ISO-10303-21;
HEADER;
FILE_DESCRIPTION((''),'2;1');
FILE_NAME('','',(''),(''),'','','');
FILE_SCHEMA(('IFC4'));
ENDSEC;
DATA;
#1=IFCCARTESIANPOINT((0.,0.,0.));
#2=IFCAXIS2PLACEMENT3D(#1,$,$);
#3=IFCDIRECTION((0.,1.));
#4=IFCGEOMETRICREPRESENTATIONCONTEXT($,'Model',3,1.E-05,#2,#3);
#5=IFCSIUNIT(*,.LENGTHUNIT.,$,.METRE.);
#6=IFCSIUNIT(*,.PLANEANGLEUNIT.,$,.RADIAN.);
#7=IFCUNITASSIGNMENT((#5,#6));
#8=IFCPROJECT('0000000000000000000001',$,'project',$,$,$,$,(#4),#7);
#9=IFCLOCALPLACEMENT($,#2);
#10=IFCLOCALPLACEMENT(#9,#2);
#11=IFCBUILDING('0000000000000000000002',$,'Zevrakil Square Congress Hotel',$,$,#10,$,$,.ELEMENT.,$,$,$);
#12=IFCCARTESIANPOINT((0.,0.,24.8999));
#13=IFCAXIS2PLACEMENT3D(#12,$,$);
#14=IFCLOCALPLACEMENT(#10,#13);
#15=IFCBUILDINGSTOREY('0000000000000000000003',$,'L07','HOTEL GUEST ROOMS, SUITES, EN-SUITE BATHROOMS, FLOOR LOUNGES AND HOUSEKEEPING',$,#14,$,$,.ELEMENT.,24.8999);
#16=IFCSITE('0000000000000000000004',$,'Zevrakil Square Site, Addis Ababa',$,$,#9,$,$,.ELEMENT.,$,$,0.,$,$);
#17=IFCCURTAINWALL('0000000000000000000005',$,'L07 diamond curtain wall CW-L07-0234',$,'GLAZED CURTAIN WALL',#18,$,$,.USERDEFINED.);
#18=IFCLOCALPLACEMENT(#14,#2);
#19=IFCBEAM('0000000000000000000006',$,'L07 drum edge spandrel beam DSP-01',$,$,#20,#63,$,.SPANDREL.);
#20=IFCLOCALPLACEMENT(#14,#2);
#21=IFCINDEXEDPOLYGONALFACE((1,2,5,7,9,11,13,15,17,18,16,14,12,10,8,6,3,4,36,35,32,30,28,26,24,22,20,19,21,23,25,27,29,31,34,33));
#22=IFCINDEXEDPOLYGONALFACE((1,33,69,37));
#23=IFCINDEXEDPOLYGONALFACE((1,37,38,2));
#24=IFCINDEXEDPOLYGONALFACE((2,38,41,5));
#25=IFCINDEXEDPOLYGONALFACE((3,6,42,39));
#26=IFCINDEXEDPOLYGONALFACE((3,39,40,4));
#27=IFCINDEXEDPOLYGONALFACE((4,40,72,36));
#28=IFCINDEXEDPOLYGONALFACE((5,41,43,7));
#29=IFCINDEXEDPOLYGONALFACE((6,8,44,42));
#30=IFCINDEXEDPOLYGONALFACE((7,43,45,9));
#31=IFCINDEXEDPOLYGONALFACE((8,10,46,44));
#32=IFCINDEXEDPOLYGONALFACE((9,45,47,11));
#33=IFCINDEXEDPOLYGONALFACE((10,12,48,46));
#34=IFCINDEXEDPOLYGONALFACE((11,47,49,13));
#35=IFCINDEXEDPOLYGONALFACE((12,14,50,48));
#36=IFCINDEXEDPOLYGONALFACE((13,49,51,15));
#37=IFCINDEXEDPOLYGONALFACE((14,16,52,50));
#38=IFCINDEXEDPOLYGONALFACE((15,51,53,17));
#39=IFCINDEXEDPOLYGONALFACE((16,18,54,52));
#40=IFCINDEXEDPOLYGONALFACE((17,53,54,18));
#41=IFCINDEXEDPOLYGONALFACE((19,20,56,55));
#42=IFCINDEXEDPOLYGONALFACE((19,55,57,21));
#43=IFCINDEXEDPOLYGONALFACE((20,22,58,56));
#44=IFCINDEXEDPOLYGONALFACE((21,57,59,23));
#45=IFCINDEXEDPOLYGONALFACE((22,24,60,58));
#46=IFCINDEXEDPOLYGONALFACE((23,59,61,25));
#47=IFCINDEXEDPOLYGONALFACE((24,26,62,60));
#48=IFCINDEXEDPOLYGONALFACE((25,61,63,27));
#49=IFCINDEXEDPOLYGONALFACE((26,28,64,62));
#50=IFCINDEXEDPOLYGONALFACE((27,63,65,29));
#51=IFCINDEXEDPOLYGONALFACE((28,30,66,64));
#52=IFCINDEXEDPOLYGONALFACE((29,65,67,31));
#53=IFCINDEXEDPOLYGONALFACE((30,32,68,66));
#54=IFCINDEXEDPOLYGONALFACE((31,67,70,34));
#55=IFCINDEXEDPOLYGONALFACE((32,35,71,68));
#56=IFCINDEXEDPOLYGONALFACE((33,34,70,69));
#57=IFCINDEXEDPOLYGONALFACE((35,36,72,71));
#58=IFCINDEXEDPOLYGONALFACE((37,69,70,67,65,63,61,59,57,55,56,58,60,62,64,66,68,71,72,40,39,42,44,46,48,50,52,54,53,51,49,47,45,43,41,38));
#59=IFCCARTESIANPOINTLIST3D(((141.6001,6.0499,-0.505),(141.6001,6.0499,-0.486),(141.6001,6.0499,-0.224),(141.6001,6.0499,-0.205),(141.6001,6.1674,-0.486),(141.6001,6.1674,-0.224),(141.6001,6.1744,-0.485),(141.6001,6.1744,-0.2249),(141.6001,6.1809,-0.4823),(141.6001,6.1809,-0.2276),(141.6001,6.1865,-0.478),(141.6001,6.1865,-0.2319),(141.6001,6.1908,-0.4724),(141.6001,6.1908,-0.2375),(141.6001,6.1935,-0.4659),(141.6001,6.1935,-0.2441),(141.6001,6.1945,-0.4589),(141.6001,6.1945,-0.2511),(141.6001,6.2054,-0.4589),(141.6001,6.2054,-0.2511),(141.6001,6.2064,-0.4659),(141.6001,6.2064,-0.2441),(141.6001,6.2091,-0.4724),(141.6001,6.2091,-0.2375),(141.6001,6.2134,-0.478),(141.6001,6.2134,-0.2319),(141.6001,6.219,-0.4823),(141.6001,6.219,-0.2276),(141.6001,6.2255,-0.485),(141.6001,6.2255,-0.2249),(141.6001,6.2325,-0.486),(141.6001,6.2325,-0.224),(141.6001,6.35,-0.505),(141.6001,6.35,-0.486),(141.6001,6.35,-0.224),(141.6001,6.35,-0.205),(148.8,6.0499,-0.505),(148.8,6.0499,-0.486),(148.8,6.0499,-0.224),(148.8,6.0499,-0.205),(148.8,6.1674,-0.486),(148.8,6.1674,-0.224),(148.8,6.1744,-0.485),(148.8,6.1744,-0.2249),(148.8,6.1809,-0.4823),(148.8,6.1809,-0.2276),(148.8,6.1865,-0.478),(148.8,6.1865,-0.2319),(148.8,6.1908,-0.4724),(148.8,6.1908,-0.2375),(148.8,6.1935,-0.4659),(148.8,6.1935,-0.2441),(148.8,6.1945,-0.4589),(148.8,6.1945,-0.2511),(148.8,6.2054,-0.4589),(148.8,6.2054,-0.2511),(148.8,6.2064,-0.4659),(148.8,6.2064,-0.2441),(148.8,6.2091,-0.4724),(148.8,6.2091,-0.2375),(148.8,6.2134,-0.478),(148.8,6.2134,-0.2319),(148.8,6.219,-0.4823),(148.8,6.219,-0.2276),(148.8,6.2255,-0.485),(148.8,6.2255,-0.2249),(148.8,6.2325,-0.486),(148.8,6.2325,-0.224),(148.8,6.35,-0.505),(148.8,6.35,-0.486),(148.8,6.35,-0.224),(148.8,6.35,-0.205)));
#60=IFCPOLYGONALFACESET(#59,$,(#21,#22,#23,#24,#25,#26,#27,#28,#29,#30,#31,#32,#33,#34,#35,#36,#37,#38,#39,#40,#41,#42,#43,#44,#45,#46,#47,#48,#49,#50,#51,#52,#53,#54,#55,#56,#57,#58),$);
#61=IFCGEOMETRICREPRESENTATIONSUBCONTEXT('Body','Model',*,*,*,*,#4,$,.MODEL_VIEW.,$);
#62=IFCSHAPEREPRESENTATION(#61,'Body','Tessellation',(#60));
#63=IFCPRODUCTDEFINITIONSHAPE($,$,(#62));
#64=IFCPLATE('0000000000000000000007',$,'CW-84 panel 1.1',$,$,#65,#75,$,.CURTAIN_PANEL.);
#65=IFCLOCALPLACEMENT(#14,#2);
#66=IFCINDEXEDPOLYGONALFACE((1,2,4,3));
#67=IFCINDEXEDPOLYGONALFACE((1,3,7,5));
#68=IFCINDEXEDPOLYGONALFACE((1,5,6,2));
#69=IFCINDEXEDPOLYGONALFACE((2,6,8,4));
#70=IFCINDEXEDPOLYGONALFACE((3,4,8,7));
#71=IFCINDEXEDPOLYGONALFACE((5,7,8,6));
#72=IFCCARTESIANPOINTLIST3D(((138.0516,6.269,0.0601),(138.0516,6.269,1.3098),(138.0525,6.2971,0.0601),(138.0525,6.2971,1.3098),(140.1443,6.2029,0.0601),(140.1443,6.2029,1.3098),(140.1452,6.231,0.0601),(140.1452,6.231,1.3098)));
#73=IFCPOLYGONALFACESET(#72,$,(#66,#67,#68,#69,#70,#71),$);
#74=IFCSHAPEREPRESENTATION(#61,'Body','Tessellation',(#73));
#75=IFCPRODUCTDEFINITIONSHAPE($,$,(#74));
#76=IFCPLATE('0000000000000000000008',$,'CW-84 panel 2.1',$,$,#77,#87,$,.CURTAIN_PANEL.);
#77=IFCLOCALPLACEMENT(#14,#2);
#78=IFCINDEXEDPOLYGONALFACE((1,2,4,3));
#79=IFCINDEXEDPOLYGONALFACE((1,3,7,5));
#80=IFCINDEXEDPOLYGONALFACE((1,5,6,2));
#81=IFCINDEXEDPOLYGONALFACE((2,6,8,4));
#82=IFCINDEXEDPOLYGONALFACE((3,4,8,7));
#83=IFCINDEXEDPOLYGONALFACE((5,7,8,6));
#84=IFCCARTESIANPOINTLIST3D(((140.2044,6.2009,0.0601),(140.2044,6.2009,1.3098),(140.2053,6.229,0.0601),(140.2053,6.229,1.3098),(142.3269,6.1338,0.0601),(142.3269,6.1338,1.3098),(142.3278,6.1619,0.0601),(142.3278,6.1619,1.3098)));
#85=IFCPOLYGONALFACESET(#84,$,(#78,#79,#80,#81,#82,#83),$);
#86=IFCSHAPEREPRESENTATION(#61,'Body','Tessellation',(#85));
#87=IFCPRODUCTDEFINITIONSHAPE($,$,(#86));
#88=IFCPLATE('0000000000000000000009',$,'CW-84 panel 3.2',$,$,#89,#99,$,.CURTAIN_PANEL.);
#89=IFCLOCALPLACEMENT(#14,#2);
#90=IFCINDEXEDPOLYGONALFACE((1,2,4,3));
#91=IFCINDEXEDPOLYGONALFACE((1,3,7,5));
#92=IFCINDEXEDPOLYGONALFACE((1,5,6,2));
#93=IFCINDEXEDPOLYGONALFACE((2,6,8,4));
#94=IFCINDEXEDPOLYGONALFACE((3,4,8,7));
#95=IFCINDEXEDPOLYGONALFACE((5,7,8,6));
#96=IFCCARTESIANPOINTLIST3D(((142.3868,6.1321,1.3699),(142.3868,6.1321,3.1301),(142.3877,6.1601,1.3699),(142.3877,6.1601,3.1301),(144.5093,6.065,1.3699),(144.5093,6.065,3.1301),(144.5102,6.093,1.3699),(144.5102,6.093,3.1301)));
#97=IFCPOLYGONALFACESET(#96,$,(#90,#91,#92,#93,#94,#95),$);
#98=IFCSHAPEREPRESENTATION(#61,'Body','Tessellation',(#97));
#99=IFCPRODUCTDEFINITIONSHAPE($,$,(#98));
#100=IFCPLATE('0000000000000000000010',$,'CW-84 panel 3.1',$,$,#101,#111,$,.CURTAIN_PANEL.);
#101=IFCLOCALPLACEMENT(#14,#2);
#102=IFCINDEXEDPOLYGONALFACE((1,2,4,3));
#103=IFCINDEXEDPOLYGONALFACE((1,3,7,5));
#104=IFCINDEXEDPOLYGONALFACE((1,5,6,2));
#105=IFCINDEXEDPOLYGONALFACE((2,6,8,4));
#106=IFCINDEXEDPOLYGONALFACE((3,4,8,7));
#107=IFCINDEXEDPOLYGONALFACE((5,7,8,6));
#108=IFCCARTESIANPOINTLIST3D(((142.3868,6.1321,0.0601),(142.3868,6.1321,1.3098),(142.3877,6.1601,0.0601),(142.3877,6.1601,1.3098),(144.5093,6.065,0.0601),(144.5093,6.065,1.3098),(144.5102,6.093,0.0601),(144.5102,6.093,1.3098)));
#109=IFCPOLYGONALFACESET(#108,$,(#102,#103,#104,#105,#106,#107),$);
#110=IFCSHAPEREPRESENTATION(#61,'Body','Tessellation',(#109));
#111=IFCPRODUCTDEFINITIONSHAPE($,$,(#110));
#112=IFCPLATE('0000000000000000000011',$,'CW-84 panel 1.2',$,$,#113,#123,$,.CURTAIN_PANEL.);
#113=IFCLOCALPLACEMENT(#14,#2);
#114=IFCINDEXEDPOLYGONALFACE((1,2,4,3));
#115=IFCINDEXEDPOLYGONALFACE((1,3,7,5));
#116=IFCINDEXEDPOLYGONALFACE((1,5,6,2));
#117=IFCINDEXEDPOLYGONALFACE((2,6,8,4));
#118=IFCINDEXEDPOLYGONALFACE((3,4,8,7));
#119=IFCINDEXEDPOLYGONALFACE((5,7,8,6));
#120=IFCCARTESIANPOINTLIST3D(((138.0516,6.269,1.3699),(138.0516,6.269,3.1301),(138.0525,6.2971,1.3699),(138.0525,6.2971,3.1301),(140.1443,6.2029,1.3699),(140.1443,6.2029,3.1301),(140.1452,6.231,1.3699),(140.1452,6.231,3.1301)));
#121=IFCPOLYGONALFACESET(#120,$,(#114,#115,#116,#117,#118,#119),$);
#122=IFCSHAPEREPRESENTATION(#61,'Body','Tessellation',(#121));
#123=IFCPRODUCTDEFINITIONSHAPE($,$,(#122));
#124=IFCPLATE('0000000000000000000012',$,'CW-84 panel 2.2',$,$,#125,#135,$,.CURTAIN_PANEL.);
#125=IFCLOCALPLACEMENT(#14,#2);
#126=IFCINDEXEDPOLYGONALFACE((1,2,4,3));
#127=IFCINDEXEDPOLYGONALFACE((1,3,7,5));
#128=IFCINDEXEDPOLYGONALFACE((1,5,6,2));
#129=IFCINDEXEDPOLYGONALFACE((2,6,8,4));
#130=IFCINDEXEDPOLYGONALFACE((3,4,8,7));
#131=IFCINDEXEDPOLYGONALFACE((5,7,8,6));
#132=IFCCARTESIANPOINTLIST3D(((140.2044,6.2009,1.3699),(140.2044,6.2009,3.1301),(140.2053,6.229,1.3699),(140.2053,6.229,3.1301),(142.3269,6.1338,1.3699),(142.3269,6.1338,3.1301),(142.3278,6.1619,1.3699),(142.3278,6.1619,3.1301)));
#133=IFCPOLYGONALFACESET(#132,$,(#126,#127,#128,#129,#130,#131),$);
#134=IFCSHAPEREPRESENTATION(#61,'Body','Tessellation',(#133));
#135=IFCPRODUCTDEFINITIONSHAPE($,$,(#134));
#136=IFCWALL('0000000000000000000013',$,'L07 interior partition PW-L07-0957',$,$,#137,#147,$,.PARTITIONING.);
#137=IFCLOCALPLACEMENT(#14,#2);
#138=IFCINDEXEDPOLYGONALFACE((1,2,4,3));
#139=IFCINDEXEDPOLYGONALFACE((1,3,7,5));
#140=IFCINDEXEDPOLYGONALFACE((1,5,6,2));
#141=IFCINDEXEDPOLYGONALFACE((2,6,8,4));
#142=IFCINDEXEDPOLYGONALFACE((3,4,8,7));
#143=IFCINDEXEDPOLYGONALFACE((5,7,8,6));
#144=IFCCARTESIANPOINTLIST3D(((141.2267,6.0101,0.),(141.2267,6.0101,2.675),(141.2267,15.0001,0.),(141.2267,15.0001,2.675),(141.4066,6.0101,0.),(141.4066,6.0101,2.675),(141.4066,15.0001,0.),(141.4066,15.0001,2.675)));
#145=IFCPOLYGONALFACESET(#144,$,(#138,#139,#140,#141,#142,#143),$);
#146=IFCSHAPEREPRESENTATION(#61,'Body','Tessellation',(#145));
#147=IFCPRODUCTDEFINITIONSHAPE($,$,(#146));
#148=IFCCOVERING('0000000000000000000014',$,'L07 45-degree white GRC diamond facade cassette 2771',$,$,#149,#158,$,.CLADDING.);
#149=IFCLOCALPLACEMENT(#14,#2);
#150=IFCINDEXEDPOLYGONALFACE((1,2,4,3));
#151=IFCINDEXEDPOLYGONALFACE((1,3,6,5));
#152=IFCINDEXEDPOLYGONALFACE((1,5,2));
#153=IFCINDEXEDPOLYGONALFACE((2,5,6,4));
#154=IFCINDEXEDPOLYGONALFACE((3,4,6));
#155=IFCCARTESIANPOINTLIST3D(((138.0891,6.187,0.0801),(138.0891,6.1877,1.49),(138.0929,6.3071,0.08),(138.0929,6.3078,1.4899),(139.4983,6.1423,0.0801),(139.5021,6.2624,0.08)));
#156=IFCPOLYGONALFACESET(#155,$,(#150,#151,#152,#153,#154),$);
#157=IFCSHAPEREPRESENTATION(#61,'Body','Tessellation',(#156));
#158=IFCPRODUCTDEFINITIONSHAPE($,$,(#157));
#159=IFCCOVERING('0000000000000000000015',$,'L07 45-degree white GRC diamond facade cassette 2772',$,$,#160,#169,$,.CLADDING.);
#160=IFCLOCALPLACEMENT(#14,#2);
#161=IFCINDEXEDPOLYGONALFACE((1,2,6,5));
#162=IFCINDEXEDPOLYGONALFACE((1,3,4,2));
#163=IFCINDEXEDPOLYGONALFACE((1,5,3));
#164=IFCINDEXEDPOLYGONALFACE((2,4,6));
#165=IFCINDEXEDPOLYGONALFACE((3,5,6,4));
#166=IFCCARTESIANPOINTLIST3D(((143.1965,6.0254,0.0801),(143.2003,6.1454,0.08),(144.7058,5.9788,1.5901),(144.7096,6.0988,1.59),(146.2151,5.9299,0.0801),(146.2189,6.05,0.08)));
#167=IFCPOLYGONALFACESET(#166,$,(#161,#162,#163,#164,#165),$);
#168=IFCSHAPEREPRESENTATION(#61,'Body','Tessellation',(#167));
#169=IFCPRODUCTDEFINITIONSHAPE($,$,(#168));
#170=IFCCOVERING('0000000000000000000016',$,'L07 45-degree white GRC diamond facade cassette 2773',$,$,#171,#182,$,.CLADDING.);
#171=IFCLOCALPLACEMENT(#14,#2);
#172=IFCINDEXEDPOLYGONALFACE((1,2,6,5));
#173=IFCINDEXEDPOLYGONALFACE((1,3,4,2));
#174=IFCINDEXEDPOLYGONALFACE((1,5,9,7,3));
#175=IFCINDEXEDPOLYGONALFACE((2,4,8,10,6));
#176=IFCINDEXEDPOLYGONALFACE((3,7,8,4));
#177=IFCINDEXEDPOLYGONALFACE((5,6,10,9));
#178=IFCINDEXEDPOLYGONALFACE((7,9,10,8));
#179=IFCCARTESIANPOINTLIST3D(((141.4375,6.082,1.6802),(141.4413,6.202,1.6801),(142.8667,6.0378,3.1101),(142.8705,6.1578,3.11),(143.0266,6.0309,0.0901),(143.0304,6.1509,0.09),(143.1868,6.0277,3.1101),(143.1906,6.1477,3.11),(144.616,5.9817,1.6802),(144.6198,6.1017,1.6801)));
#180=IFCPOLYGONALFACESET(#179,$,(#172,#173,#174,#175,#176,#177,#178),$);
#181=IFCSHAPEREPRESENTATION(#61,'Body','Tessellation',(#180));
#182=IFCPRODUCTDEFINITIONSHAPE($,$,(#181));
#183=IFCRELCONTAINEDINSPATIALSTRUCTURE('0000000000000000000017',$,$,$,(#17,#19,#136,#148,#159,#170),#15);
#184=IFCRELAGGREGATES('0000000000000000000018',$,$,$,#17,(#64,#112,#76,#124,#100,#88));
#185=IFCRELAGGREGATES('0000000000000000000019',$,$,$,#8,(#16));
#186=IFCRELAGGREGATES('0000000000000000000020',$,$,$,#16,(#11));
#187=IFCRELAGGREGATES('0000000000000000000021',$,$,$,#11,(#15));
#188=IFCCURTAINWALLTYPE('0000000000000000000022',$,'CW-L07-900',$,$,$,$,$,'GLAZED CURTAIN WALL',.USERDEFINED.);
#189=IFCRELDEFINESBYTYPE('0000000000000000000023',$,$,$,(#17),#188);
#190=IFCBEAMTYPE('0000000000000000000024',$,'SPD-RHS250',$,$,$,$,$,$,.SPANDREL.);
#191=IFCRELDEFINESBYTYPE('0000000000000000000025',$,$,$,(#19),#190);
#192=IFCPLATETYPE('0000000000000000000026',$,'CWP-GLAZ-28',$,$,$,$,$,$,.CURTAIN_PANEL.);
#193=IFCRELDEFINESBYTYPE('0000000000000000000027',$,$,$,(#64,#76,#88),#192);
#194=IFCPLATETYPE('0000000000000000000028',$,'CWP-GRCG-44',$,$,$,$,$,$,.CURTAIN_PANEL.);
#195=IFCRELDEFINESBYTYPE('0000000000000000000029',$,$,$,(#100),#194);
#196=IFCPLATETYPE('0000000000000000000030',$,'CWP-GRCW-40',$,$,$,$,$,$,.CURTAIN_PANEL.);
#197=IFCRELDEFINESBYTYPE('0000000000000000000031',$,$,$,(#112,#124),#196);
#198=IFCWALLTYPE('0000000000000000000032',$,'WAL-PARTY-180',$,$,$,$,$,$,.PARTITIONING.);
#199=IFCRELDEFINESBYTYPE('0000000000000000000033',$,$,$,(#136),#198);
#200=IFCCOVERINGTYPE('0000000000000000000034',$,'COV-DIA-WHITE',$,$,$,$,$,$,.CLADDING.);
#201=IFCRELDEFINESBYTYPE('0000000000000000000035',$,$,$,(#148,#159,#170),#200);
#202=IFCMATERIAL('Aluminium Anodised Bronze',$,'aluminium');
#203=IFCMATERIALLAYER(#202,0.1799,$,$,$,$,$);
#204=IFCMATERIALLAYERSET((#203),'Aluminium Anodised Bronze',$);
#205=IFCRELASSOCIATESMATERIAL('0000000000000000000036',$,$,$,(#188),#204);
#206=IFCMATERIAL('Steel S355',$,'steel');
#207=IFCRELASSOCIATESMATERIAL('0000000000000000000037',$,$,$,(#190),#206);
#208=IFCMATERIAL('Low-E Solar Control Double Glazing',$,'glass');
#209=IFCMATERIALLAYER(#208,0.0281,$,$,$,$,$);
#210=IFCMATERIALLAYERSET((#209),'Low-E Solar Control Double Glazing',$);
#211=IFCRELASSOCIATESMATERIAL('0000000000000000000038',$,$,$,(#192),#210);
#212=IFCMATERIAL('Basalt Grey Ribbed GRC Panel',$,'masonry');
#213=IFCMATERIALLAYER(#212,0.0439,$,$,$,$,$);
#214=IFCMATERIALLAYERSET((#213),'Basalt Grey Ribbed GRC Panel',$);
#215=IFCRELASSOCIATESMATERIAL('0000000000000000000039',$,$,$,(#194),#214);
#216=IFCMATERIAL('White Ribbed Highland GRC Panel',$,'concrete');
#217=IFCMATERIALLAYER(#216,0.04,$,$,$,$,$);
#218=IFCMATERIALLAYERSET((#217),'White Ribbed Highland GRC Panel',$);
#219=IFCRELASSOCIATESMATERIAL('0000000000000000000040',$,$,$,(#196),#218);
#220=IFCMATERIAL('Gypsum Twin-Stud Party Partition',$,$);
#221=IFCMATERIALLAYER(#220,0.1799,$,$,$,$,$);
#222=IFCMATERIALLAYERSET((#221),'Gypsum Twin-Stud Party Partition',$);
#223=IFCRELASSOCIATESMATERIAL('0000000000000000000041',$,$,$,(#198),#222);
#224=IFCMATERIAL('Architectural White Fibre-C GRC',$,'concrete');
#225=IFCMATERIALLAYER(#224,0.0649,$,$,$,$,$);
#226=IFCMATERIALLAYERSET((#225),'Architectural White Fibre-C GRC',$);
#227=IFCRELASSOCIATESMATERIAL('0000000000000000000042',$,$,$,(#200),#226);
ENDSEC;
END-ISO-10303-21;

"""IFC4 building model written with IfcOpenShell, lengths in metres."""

from ifc_helpers import new_model, si_unit, direction, frame, frame_2d, origin, origin_2d, place, context, subcontext, project, spatial, polyline, rectangle, i_section, outline, extrude, material, layer, layer_set, material_profile, profile_set, type_object, element, aggregate, save


model = new_model("IFC4")

# Units and contexts
model_context = context("Model", 3, precision=1e-05, world=origin(), true_north=direction((0.0, 1.0)))
body_context = subcontext(model_context, "Body", "Model", "MODEL_VIEW")
ifc_project = project(units=[si_unit("LENGTHUNIT", "METRE"), si_unit("PLANEANGLEUNIT", "RADIAN")], contexts=[model_context])

# Site, building, storey
site_placement = place(None, origin())
site = spatial("IfcSite", under=ifc_project, at=site_placement, Name="Zevrakil Square Site, Addis Ababa", CompositionType="ELEMENT", RefElevation=0.0)
building_placement = place(site_placement, origin())
building = spatial("IfcBuilding", under=site, at=building_placement, Name="Zevrakil Square Congress Hotel", CompositionType="ELEMENT")
storey_placement = place(building_placement, frame((0.0, 0.0, 24.8999)))
storey = spatial("IfcBuildingStorey", under=building, at=storey_placement, Name="L07", Description="HOTEL GUEST ROOMS, SUITES, EN-SUITE BATHROOMS, FLOOR LOUNGES AND HOUSEKEEPING", CompositionType="ELEMENT", Elevation=24.8999)

# Curtain wall
ifc_material_1 = material(Name="Aluminium Anodised Bronze", Category="aluminium")
ifc_layer_1 = layer(ifc_material_1, 0.1799)
ifc_layer_set_1 = layer_set([ifc_layer_1], Name="Aluminium Anodised Bronze")
curtain_wall_type = type_object("IfcCurtainWallType", Name="CW-L07-900", ElementType="GLAZED CURTAIN WALL", PredefinedType="USERDEFINED", material=ifc_layer_set_1)
curtain_wall_placement = place(storey_placement, origin())
curtain_wall = element("IfcCurtainWall", 1, at=curtain_wall_placement, inside=storey, type_object=curtain_wall_type, Name="L07 diamond curtain wall CW-L07-0234", ObjectType="GLAZED CURTAIN WALL", PredefinedType="USERDEFINED")

# Beam
ifc_material_2 = material(Name="Steel S355", Category="steel")
ifc_material_profile_1 = material_profile(ifc_material_2, i_section(OverallWidth=0.3, OverallDepth=0.3, WebThickness=0.011, FlangeThickness=0.019, FilletRadius=0.0271, at=origin_2d()), Name="HEB 300")
ifc_profile_set_1 = profile_set([ifc_material_profile_1], Name="Steel S355")
beam_type = type_object("IfcBeamType", Name="SPD-RHS250", PredefinedType="SPANDREL", material=ifc_profile_set_1)
beam_placement = place(storey_placement, frame((141.6001, 6.2, -0.355), z_axis=(1.0, 0.0, 0.0), x_axis=(0.0, 1.0, 0.0)))
element("IfcBeam", 2, at=beam_placement, inside=storey, type_object=beam_type, Name="L07 drum edge spandrel beam DSP-01", PredefinedType="SPANDREL", context=body_context, shape_type="SweptSolid", body=[
    extrude(i_section(OverallWidth=0.3, OverallDepth=0.3, WebThickness=0.011, FlangeThickness=0.019, FilletRadius=0.0271, at=origin_2d()), origin(), (0.0, 0.0, 1.0), 7.2),
])

# Plates
ifc_material_3 = material(Name="Low-E Solar Control Double Glazing", Category="glass")
ifc_layer_2 = layer(ifc_material_3, 0.0281)
ifc_layer_set_2 = layer_set([ifc_layer_2], Name="Low-E Solar Control Double Glazing")
plate_type_1 = type_object("IfcPlateType", Name="CWP-GLAZ-28", PredefinedType="CURTAIN_PANEL", material=ifc_layer_set_2)
plate_1_placement = place(storey_placement, frame((139.0984, 6.25, 0.0601), z_axis=(0.0, 0.0, 1.0), x_axis=(0.999501, -0.031598, 0.0)))
plate_1 = element("IfcPlate", 3, at=plate_1_placement, type_object=plate_type_1, Name="CW-84 panel 1.1", PredefinedType="CURTAIN_PANEL", context=body_context, shape_type="SweptSolid", body=[
    extrude(rectangle(XDim=2.0938, YDim=0.0281, at=origin_2d()), origin(), (0.0, 0.0, 1.0), 1.2498),
])
plate_2_placement = place(storey_placement, frame((141.2661, 6.1814, 0.0601), z_axis=(0.0, 0.0, 1.0), x_axis=(0.999501, -0.031598, 0.0)))
plate_2 = element("IfcPlate", 4, at=plate_2_placement, type_object=plate_type_1, Name="CW-84 panel 2.1", PredefinedType="CURTAIN_PANEL", context=body_context, shape_type="SweptSolid", body=[
    extrude(rectangle(XDim=2.1235, YDim=0.0281, at=origin_2d()), origin(), (0.0, 0.0, 1.0), 1.2498),
])
plate_3_placement = place(storey_placement, frame((143.4485, 6.1125, 1.3699), z_axis=(0.0, 0.0, 1.0), x_axis=(0.999501, -0.031598, 0.0)))
plate_3 = element("IfcPlate", 5, at=plate_3_placement, type_object=plate_type_1, Name="CW-84 panel 3.2", PredefinedType="CURTAIN_PANEL", context=body_context, shape_type="SweptSolid", body=[
    extrude(rectangle(XDim=2.1235, YDim=0.0281, at=origin_2d()), origin(), (0.0, 0.0, 1.0), 1.7603),
])
ifc_material_4 = material(Name="Basalt Grey Ribbed GRC Panel", Category="masonry")
ifc_layer_3 = layer(ifc_material_4, 0.0439)
ifc_layer_set_3 = layer_set([ifc_layer_3], Name="Basalt Grey Ribbed GRC Panel")
plate_type_2 = type_object("IfcPlateType", Name="CWP-GRCG-44", PredefinedType="CURTAIN_PANEL", material=ifc_layer_set_3)
plate_4_placement = place(storey_placement, frame((143.4485, 6.1125, 0.0601), z_axis=(0.0, 0.0, 1.0), x_axis=(0.999501, -0.031598, 0.0)))
plate_4 = element("IfcPlate", 6, at=plate_4_placement, type_object=plate_type_2, Name="CW-84 panel 3.1", PredefinedType="CURTAIN_PANEL", context=body_context, shape_type="SweptSolid", body=[
    extrude(rectangle(XDim=2.1235, YDim=0.0281, at=origin_2d()), origin(), (0.0, 0.0, 1.0), 1.2498),
])
ifc_material_5 = material(Name="White Ribbed Highland GRC Panel", Category="concrete")
ifc_layer_4 = layer(ifc_material_5, 0.04)
ifc_layer_set_4 = layer_set([ifc_layer_4], Name="White Ribbed Highland GRC Panel")
plate_type_3 = type_object("IfcPlateType", Name="CWP-GRCW-40", PredefinedType="CURTAIN_PANEL", material=ifc_layer_set_4)
plate_5_placement = place(storey_placement, frame((139.0984, 6.25, 1.3699), z_axis=(0.0, 0.0, 1.0), x_axis=(0.999501, -0.031598, 0.0)))
plate_5 = element("IfcPlate", 7, at=plate_5_placement, type_object=plate_type_3, Name="CW-84 panel 1.2", PredefinedType="CURTAIN_PANEL", context=body_context, shape_type="SweptSolid", body=[
    extrude(rectangle(XDim=2.0938, YDim=0.0281, at=origin_2d()), origin(), (0.0, 0.0, 1.0), 1.7603),
])
plate_6_placement = place(storey_placement, frame((141.2661, 6.1814, 1.3699), z_axis=(0.0, 0.0, 1.0), x_axis=(0.999501, -0.031598, 0.0)))
plate_6 = element("IfcPlate", 8, at=plate_6_placement, type_object=plate_type_3, Name="CW-84 panel 2.2", PredefinedType="CURTAIN_PANEL", context=body_context, shape_type="SweptSolid", body=[
    extrude(rectangle(XDim=2.1235, YDim=0.0281, at=origin_2d()), origin(), (0.0, 0.0, 1.0), 1.7603),
])
aggregate(curtain_wall, [plate_1, plate_5, plate_2, plate_6, plate_4, plate_3])

# Wall
ifc_material_6 = material(Name="Gypsum Twin-Stud Party Partition")
ifc_layer_5 = layer(ifc_material_6, 0.1799)
ifc_layer_set_5 = layer_set([ifc_layer_5], Name="Gypsum Twin-Stud Party Partition")
wall_type = type_object("IfcWallType", Name="WAL-PARTY-180", PredefinedType="PARTITIONING", material=ifc_layer_set_5)
wall_placement = place(storey_placement, frame((141.3167, 6.01, 0.0), z_axis=(0.0, 0.0, 1.0), x_axis=(0.0, 1.0, 0.0)))
element("IfcWall", 9, at=wall_placement, inside=storey, type_object=wall_type, Name="L07 interior partition PW-L07-0957", PredefinedType="PARTITIONING", context=body_context, shape_type="SweptSolid", body=[
    extrude(rectangle(XDim=8.99, YDim=0.1799, at=frame_2d((4.4951, 0.0))), origin(), (0.0, 0.0, 1.0), 2.675),
])

# Coverings
ifc_material_7 = material(Name="Architectural White Fibre-C GRC", Category="concrete")
ifc_layer_6 = layer(ifc_material_7, 0.0649)
ifc_layer_set_6 = layer_set([ifc_layer_6], Name="Architectural White Fibre-C GRC")
covering_type_1 = type_object("IfcCoveringType", Name="COV-DIA-WHITE", PredefinedType="CLADDING", material=ifc_layer_set_6)
covering_1_placement = place(storey_placement, frame((139.4983, 6.1423, 0.0801), z_axis=(-0.031689, -0.999498, 0.000519), x_axis=(-0.999498, 0.031689, 0.0)))
element("IfcCovering", 10, at=covering_1_placement, inside=storey, type_object=covering_type_1, Name="L07 45-degree white GRC diamond facade cassette 2771", PredefinedType="CLADDING", context=body_context, shape_type="SweptSolid", body=[
    extrude(outline(polyline([(0.0, 0.0), (1.4099, 0.0), (1.4099, -1.4099), (0.0, 0.0)])), origin(), (0.0, 0.0, -1.0), 0.1201),
])
covering_2_placement = place(storey_placement, frame((144.7058, 5.9788, 1.5901), z_axis=(-0.031608, -0.9995, 0.000727), x_axis=(0.70675, -0.022865, -0.707093)))
element("IfcCovering", 11, at=covering_2_placement, inside=storey, type_object=covering_type_1, Name="L07 45-degree white GRC diamond facade cassette 2772", PredefinedType="CLADDING", context=body_context, shape_type="SweptSolid", body=[
    extrude(outline(polyline([(0.0, 0.0), (2.1355, 0.0), (0.0, -2.1355), (0.0, 0.0)])), origin(), (0.0, 0.0, -1.0), 0.1201),
])
covering_3_placement = place(storey_placement, frame((144.616, 5.9817, 1.6802), z_axis=(-0.03154, -0.999502, 0.000603), x_axis=(-0.706774, 0.021876, -0.707101)))
element("IfcCovering", 12, at=covering_3_placement, inside=storey, type_object=covering_type_1, Name="L07 45-degree white GRC diamond facade cassette 2773", PredefinedType="CLADDING", context=body_context, shape_type="SweptSolid", body=[
    extrude(outline(polyline([(0.0, 0.0), (2.2487, 0.0), (2.2487, -2.2486), (0.2265, -2.2487), (0.0, -2.0222), (0.0, 0.0)])), origin(), (0.0, 0.0, -1.0), 0.1201),
])

save(model, "model.ifc")
